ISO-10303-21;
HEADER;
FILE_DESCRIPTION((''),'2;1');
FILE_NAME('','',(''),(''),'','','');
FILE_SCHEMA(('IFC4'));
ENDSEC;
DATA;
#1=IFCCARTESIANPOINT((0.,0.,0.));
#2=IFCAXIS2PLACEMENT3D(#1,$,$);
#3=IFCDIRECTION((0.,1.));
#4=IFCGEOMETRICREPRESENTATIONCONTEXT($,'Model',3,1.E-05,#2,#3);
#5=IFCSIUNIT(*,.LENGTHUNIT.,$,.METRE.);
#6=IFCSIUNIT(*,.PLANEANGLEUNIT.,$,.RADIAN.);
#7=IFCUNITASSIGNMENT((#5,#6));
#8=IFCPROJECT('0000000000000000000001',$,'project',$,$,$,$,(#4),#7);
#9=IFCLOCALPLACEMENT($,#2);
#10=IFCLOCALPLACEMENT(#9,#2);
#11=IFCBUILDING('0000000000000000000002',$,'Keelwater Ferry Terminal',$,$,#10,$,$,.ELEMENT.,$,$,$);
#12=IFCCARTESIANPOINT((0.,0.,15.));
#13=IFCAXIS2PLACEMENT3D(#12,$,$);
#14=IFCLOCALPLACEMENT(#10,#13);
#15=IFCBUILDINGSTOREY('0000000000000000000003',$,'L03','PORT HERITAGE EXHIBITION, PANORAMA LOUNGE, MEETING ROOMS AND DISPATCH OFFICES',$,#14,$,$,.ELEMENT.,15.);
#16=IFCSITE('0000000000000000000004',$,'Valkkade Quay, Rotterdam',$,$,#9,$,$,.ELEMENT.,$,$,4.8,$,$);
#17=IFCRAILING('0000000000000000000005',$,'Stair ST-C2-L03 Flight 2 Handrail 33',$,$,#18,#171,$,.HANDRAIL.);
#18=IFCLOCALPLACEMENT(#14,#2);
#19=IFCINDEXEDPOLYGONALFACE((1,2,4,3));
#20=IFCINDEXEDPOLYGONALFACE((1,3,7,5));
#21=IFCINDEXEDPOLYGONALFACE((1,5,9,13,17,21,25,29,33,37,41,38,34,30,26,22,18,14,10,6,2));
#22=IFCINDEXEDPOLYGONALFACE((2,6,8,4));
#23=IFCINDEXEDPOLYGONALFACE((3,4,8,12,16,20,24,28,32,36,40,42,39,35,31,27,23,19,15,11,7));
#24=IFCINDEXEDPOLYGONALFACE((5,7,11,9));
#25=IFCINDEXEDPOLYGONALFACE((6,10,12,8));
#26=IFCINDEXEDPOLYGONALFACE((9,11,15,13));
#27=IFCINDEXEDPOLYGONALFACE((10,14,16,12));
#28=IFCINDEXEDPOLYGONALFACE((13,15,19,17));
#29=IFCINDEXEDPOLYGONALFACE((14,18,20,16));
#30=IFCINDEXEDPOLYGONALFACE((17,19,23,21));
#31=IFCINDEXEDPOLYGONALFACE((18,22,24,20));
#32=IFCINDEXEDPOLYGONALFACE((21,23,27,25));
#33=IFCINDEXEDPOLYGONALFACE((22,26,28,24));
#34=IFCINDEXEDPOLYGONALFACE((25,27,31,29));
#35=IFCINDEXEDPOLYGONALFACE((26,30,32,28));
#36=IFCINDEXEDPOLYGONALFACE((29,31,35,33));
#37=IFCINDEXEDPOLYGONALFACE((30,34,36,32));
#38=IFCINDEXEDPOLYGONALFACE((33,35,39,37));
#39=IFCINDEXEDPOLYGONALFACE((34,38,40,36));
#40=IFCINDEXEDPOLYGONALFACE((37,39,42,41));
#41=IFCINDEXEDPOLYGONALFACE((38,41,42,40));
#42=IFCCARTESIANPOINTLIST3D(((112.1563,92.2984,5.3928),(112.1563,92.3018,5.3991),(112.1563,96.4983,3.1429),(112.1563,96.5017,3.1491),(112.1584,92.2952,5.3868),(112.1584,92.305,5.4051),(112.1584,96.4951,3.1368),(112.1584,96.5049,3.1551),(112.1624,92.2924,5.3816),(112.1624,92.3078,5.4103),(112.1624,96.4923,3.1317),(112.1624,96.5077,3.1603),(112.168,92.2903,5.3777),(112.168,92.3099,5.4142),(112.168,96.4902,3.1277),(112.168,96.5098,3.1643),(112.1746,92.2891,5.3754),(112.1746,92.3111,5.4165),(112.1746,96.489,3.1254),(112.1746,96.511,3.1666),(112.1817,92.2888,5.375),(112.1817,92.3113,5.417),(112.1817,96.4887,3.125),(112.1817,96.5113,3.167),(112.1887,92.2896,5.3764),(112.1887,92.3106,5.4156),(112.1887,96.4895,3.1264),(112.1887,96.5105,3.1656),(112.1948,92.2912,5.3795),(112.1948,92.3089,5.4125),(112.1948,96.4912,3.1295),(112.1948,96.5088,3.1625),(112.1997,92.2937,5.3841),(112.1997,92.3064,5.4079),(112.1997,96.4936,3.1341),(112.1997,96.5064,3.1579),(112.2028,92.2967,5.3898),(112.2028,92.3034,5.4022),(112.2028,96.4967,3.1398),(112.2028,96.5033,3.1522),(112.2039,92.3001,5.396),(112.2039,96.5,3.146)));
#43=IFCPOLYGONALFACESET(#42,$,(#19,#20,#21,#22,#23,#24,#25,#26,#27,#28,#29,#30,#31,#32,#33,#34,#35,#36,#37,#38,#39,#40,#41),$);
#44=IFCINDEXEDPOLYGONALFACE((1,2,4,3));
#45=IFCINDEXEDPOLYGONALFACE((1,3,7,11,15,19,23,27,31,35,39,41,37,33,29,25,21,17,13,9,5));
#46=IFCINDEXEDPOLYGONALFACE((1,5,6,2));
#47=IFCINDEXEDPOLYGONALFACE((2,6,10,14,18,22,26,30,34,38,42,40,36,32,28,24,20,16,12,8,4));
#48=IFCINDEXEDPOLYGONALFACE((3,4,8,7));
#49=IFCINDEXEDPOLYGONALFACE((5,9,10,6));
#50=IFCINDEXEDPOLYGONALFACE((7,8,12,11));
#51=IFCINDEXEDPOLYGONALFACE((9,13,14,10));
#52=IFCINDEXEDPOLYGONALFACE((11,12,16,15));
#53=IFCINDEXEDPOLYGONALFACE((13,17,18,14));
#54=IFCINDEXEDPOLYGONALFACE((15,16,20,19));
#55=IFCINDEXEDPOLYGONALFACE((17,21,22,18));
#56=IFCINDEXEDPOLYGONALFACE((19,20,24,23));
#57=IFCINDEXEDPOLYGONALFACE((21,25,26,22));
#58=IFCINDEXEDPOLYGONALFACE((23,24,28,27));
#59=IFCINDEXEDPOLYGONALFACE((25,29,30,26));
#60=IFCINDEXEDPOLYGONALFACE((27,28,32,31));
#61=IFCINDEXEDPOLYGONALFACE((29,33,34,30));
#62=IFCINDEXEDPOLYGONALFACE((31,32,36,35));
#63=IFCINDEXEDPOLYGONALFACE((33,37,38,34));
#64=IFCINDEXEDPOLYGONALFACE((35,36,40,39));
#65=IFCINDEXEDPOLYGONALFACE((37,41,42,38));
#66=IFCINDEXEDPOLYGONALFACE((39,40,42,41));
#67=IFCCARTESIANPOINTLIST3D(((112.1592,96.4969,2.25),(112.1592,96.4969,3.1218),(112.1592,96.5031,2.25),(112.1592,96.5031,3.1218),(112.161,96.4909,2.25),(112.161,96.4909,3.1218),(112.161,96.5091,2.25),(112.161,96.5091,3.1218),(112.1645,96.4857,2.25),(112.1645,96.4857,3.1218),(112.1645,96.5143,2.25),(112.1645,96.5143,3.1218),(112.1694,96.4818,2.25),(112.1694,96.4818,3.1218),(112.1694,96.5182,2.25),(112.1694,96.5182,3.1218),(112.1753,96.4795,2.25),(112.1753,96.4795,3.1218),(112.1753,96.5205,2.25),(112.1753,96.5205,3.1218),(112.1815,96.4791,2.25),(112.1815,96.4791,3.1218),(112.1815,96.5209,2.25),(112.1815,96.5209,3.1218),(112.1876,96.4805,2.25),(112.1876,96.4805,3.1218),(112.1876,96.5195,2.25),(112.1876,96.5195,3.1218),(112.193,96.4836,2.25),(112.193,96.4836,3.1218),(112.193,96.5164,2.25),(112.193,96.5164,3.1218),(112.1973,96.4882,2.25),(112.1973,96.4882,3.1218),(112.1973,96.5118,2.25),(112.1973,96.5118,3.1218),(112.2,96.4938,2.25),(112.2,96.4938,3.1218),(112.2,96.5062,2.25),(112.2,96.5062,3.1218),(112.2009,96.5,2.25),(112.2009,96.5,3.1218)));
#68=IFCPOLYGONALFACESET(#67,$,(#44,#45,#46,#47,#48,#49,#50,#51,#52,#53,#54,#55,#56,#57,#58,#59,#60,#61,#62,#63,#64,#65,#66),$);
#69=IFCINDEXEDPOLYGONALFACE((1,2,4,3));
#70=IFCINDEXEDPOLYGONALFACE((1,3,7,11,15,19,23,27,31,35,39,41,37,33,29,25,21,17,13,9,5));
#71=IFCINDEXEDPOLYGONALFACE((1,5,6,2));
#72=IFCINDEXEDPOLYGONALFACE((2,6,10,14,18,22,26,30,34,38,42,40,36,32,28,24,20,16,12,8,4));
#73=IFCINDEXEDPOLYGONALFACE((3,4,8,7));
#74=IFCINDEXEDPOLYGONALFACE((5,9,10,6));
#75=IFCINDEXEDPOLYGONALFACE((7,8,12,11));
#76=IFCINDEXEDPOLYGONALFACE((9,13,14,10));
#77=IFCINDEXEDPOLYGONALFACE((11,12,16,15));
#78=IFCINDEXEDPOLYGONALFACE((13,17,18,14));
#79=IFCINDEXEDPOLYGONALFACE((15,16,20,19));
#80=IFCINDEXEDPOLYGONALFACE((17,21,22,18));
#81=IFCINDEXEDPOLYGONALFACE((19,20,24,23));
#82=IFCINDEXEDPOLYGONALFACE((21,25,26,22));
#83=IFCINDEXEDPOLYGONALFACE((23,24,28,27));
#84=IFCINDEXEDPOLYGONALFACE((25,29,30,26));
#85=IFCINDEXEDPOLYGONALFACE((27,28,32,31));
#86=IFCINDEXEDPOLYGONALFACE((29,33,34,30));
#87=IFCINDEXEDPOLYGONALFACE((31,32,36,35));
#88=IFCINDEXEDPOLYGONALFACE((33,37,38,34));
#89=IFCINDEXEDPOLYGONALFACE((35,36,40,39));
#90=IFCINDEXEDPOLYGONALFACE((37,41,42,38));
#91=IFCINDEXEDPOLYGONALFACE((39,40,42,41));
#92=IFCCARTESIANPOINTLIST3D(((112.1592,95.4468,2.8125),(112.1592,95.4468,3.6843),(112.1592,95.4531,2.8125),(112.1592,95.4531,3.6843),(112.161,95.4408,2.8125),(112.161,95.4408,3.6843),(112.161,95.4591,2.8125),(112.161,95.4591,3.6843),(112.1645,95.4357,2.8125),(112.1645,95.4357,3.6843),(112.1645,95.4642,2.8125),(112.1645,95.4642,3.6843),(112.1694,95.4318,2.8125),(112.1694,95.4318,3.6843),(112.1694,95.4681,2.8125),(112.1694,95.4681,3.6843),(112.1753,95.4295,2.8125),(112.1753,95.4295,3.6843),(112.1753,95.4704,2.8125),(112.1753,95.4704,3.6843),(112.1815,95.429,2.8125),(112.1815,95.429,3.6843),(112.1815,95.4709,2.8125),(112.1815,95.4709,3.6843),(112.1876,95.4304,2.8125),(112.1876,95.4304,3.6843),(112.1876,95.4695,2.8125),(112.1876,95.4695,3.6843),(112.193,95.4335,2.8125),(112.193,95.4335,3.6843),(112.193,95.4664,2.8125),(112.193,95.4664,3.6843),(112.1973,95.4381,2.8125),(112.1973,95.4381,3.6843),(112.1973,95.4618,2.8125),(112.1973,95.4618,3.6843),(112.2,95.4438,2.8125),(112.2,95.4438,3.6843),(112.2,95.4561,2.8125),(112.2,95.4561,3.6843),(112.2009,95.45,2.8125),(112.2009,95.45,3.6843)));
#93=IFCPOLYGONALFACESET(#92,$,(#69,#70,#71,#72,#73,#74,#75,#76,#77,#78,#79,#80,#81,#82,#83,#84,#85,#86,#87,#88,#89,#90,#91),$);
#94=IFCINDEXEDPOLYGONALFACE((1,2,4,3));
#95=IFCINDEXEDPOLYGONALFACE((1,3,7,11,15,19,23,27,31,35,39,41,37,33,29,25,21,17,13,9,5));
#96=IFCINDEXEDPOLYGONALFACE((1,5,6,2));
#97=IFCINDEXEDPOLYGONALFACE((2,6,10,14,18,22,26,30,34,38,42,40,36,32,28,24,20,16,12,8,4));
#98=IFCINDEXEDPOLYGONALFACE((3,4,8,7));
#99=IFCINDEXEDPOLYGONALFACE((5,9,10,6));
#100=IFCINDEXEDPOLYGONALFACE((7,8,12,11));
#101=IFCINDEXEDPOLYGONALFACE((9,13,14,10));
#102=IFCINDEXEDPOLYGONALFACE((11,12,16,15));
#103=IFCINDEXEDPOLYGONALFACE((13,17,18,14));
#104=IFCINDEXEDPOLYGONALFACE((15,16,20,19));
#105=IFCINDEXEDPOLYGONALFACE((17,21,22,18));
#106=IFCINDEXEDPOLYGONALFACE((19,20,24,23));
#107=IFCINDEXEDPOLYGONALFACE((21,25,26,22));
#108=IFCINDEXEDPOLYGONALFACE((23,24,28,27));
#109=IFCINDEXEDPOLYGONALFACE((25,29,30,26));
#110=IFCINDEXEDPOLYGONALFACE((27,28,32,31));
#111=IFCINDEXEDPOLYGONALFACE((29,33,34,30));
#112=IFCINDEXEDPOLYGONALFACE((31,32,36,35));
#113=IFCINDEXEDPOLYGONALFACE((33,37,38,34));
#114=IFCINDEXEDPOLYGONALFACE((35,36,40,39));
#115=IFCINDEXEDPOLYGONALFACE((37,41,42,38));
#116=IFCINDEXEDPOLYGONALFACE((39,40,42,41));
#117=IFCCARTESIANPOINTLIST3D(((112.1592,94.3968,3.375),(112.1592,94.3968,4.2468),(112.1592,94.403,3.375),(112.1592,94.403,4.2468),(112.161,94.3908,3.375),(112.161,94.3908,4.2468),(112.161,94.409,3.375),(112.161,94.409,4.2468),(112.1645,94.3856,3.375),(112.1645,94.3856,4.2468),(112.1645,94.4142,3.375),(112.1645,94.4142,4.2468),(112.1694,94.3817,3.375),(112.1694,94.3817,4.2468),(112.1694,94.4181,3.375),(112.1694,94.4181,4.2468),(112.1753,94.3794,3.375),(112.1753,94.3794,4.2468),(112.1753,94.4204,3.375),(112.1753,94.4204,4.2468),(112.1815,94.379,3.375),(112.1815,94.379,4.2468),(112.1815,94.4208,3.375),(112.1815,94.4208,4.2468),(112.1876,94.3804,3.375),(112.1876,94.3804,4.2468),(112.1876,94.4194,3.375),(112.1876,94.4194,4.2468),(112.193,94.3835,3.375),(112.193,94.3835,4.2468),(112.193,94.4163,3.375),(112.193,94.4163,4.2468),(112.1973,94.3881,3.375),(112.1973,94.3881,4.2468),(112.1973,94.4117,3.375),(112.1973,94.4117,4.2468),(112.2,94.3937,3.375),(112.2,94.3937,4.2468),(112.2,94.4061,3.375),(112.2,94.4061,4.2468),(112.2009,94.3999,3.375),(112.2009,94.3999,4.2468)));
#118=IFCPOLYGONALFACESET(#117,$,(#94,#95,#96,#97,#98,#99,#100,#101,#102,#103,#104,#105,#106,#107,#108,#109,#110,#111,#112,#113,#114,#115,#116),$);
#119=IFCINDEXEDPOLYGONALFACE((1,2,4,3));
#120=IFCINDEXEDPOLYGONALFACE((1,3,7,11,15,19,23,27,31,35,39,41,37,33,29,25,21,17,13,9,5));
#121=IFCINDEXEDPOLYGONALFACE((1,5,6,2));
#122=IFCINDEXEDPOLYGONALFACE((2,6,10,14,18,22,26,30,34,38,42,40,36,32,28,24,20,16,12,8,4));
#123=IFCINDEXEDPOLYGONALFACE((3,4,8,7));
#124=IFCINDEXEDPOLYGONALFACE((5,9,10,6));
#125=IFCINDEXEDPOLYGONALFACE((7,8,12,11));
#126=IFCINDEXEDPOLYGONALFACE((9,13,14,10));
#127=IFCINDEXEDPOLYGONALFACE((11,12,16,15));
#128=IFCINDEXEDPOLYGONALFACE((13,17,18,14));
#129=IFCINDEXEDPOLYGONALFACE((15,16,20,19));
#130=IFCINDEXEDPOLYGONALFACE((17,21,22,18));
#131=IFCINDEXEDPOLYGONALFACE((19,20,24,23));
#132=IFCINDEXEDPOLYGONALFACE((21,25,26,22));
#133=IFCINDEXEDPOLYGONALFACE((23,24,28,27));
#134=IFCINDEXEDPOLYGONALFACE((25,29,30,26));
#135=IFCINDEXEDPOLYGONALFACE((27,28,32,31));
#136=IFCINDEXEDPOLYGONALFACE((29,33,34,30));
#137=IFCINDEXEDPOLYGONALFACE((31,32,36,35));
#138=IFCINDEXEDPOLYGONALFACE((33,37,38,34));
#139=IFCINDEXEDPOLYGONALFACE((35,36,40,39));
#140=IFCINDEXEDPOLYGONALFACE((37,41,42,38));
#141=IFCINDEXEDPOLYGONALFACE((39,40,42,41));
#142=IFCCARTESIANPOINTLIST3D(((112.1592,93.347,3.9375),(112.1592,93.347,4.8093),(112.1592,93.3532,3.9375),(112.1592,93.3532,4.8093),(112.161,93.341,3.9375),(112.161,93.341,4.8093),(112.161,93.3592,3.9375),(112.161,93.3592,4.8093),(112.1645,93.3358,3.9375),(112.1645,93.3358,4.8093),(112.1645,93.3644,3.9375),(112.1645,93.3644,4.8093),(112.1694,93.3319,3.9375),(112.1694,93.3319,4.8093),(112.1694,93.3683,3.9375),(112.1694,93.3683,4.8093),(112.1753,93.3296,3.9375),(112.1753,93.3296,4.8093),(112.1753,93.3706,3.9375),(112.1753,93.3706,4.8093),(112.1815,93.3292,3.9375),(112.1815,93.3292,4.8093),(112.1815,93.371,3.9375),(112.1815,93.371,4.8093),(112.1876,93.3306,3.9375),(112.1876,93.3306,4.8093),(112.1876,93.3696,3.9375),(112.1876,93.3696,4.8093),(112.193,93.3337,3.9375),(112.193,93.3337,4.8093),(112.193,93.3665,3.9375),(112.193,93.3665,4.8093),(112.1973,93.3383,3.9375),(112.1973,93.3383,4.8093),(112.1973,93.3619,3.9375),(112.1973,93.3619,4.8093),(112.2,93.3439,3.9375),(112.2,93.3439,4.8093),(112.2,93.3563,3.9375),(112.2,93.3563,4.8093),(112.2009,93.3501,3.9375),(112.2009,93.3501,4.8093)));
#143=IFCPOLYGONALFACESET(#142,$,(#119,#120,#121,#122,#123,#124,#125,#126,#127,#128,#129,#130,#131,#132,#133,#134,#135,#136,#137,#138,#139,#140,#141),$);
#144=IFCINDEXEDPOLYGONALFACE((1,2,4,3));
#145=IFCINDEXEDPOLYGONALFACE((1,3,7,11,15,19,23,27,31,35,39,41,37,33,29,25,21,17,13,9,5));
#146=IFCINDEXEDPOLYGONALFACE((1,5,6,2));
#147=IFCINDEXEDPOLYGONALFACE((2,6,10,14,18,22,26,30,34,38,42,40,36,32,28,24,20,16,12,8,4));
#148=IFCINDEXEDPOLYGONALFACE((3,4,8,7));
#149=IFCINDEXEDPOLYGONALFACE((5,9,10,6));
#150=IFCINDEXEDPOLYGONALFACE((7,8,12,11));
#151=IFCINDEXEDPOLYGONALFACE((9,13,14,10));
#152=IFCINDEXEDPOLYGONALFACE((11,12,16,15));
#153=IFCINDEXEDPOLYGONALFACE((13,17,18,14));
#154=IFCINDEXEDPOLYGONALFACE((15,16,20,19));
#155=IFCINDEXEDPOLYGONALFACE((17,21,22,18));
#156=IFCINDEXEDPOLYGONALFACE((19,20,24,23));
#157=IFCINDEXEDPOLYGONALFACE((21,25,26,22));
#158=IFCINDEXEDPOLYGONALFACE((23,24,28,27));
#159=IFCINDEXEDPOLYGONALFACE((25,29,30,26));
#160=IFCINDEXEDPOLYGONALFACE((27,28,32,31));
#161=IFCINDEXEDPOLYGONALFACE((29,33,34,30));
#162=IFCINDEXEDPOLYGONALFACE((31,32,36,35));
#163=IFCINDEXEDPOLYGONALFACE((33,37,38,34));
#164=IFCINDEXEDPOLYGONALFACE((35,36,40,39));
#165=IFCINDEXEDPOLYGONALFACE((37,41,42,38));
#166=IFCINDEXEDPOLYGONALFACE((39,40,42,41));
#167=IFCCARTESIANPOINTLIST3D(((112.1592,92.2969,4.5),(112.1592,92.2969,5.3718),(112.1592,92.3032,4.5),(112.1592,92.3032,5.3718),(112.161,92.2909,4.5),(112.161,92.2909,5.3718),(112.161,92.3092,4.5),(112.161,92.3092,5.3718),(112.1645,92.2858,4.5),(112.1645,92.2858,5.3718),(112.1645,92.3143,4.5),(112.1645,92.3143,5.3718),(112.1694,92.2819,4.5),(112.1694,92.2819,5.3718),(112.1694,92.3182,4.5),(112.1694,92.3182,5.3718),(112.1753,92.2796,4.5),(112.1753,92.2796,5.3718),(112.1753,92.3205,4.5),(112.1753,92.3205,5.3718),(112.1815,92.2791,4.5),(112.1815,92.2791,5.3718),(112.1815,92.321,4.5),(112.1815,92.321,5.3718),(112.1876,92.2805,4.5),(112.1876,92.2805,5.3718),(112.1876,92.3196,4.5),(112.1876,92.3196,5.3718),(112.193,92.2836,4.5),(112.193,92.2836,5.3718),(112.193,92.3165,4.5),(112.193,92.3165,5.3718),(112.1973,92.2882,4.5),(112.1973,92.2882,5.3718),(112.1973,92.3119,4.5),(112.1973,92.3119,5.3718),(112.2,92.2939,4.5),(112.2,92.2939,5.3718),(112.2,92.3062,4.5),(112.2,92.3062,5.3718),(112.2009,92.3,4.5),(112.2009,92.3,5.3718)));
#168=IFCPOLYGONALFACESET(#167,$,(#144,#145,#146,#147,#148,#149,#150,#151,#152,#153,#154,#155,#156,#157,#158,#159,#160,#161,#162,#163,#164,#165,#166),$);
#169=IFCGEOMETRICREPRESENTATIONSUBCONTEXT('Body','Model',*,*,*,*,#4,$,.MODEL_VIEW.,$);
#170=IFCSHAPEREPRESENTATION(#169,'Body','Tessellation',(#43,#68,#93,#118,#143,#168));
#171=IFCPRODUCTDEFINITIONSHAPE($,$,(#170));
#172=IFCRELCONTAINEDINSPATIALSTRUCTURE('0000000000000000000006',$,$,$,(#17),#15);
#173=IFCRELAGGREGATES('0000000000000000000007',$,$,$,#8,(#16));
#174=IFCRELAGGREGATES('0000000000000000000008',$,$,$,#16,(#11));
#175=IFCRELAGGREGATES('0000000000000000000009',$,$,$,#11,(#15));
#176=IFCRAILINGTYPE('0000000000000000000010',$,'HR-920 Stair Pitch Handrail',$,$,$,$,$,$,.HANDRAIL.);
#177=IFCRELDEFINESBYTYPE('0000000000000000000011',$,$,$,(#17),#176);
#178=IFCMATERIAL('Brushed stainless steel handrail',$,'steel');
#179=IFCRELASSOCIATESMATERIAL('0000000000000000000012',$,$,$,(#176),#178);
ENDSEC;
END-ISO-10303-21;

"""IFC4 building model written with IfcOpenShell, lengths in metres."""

from ifc_helpers import new_model, si_unit, direction, frame, origin, origin_2d, place, context, subcontext, project, spatial, circle, extrude, material, type_object, element, save


model = new_model("IFC4")

# Units and contexts
model_context = context("Model", 3, precision=1e-05, world=origin(), true_north=direction((0.0, 1.0)))
body_context = subcontext(model_context, "Body", "Model", "MODEL_VIEW")
ifc_project = project(units=[si_unit("LENGTHUNIT", "METRE"), si_unit("PLANEANGLEUNIT", "RADIAN")], contexts=[model_context])

# Site, building, storey
site_placement = place(None, origin())
site = spatial("IfcSite", under=ifc_project, at=site_placement, Name="Valkkade Quay, Rotterdam", CompositionType="ELEMENT", RefElevation=4.8)
building_placement = place(site_placement, origin())
building = spatial("IfcBuilding", under=site, at=building_placement, Name="Keelwater Ferry Terminal", CompositionType="ELEMENT")
storey_placement = place(building_placement, frame((0.0, 0.0, 15.0)))
storey = spatial("IfcBuildingStorey", under=building, at=storey_placement, Name="L03", Description="PORT HERITAGE EXHIBITION, PANORAMA LOUNGE, MEETING ROOMS AND DISPATCH OFFICES", CompositionType="ELEMENT", Elevation=15.0)

# Railing
ifc_material_1 = material(Name="Brushed stainless steel handrail", Category="steel")
railing_type_1 = type_object("IfcRailingType", Name="HR-920 Stair Pitch Handrail", PredefinedType="HANDRAIL", material=ifc_material_1)
railing_1_placement = place(storey_placement, frame((112.1799, 96.5, 2.25)))
element("IfcRailing", 1, at=railing_1_placement, inside=storey, type_object=railing_type_1, Name="Stair ST-C2-L03 Flight 2 Handrail 33", PredefinedType="HANDRAIL", context=body_context, shape_type="SweptSolid", body=[
    extrude(circle(Radius=0.0239, at=origin_2d()), frame((0.0, 0.0, 0.896), z_axis=(0.0, -0.881478, 0.472226), x_axis=(1.0, 0.0, 0.0)), (0.0, 0.0, 1.0), 4.7646),
    extrude(circle(Radius=0.021, at=origin_2d()), origin(), (0.0, 0.0, 1.0), 0.8718),
    extrude(circle(Radius=0.021, at=origin_2d()), frame((0.0, -1.05, 0.5625)), (0.0, 0.0, 1.0), 0.8718),
    extrude(circle(Radius=0.021, at=origin_2d()), frame((0.0, -2.1001, 1.125)), (0.0, 0.0, 1.0), 0.8718),
    extrude(circle(Radius=0.021, at=origin_2d()), frame((0.0, -3.1499, 1.6875)), (0.0, 0.0, 1.0), 0.8718),
    extrude(circle(Radius=0.021, at=origin_2d()), frame((0.0, -4.2, 2.25)), (0.0, 0.0, 1.0), 0.8718),
])

save(model, "model.ifc")
